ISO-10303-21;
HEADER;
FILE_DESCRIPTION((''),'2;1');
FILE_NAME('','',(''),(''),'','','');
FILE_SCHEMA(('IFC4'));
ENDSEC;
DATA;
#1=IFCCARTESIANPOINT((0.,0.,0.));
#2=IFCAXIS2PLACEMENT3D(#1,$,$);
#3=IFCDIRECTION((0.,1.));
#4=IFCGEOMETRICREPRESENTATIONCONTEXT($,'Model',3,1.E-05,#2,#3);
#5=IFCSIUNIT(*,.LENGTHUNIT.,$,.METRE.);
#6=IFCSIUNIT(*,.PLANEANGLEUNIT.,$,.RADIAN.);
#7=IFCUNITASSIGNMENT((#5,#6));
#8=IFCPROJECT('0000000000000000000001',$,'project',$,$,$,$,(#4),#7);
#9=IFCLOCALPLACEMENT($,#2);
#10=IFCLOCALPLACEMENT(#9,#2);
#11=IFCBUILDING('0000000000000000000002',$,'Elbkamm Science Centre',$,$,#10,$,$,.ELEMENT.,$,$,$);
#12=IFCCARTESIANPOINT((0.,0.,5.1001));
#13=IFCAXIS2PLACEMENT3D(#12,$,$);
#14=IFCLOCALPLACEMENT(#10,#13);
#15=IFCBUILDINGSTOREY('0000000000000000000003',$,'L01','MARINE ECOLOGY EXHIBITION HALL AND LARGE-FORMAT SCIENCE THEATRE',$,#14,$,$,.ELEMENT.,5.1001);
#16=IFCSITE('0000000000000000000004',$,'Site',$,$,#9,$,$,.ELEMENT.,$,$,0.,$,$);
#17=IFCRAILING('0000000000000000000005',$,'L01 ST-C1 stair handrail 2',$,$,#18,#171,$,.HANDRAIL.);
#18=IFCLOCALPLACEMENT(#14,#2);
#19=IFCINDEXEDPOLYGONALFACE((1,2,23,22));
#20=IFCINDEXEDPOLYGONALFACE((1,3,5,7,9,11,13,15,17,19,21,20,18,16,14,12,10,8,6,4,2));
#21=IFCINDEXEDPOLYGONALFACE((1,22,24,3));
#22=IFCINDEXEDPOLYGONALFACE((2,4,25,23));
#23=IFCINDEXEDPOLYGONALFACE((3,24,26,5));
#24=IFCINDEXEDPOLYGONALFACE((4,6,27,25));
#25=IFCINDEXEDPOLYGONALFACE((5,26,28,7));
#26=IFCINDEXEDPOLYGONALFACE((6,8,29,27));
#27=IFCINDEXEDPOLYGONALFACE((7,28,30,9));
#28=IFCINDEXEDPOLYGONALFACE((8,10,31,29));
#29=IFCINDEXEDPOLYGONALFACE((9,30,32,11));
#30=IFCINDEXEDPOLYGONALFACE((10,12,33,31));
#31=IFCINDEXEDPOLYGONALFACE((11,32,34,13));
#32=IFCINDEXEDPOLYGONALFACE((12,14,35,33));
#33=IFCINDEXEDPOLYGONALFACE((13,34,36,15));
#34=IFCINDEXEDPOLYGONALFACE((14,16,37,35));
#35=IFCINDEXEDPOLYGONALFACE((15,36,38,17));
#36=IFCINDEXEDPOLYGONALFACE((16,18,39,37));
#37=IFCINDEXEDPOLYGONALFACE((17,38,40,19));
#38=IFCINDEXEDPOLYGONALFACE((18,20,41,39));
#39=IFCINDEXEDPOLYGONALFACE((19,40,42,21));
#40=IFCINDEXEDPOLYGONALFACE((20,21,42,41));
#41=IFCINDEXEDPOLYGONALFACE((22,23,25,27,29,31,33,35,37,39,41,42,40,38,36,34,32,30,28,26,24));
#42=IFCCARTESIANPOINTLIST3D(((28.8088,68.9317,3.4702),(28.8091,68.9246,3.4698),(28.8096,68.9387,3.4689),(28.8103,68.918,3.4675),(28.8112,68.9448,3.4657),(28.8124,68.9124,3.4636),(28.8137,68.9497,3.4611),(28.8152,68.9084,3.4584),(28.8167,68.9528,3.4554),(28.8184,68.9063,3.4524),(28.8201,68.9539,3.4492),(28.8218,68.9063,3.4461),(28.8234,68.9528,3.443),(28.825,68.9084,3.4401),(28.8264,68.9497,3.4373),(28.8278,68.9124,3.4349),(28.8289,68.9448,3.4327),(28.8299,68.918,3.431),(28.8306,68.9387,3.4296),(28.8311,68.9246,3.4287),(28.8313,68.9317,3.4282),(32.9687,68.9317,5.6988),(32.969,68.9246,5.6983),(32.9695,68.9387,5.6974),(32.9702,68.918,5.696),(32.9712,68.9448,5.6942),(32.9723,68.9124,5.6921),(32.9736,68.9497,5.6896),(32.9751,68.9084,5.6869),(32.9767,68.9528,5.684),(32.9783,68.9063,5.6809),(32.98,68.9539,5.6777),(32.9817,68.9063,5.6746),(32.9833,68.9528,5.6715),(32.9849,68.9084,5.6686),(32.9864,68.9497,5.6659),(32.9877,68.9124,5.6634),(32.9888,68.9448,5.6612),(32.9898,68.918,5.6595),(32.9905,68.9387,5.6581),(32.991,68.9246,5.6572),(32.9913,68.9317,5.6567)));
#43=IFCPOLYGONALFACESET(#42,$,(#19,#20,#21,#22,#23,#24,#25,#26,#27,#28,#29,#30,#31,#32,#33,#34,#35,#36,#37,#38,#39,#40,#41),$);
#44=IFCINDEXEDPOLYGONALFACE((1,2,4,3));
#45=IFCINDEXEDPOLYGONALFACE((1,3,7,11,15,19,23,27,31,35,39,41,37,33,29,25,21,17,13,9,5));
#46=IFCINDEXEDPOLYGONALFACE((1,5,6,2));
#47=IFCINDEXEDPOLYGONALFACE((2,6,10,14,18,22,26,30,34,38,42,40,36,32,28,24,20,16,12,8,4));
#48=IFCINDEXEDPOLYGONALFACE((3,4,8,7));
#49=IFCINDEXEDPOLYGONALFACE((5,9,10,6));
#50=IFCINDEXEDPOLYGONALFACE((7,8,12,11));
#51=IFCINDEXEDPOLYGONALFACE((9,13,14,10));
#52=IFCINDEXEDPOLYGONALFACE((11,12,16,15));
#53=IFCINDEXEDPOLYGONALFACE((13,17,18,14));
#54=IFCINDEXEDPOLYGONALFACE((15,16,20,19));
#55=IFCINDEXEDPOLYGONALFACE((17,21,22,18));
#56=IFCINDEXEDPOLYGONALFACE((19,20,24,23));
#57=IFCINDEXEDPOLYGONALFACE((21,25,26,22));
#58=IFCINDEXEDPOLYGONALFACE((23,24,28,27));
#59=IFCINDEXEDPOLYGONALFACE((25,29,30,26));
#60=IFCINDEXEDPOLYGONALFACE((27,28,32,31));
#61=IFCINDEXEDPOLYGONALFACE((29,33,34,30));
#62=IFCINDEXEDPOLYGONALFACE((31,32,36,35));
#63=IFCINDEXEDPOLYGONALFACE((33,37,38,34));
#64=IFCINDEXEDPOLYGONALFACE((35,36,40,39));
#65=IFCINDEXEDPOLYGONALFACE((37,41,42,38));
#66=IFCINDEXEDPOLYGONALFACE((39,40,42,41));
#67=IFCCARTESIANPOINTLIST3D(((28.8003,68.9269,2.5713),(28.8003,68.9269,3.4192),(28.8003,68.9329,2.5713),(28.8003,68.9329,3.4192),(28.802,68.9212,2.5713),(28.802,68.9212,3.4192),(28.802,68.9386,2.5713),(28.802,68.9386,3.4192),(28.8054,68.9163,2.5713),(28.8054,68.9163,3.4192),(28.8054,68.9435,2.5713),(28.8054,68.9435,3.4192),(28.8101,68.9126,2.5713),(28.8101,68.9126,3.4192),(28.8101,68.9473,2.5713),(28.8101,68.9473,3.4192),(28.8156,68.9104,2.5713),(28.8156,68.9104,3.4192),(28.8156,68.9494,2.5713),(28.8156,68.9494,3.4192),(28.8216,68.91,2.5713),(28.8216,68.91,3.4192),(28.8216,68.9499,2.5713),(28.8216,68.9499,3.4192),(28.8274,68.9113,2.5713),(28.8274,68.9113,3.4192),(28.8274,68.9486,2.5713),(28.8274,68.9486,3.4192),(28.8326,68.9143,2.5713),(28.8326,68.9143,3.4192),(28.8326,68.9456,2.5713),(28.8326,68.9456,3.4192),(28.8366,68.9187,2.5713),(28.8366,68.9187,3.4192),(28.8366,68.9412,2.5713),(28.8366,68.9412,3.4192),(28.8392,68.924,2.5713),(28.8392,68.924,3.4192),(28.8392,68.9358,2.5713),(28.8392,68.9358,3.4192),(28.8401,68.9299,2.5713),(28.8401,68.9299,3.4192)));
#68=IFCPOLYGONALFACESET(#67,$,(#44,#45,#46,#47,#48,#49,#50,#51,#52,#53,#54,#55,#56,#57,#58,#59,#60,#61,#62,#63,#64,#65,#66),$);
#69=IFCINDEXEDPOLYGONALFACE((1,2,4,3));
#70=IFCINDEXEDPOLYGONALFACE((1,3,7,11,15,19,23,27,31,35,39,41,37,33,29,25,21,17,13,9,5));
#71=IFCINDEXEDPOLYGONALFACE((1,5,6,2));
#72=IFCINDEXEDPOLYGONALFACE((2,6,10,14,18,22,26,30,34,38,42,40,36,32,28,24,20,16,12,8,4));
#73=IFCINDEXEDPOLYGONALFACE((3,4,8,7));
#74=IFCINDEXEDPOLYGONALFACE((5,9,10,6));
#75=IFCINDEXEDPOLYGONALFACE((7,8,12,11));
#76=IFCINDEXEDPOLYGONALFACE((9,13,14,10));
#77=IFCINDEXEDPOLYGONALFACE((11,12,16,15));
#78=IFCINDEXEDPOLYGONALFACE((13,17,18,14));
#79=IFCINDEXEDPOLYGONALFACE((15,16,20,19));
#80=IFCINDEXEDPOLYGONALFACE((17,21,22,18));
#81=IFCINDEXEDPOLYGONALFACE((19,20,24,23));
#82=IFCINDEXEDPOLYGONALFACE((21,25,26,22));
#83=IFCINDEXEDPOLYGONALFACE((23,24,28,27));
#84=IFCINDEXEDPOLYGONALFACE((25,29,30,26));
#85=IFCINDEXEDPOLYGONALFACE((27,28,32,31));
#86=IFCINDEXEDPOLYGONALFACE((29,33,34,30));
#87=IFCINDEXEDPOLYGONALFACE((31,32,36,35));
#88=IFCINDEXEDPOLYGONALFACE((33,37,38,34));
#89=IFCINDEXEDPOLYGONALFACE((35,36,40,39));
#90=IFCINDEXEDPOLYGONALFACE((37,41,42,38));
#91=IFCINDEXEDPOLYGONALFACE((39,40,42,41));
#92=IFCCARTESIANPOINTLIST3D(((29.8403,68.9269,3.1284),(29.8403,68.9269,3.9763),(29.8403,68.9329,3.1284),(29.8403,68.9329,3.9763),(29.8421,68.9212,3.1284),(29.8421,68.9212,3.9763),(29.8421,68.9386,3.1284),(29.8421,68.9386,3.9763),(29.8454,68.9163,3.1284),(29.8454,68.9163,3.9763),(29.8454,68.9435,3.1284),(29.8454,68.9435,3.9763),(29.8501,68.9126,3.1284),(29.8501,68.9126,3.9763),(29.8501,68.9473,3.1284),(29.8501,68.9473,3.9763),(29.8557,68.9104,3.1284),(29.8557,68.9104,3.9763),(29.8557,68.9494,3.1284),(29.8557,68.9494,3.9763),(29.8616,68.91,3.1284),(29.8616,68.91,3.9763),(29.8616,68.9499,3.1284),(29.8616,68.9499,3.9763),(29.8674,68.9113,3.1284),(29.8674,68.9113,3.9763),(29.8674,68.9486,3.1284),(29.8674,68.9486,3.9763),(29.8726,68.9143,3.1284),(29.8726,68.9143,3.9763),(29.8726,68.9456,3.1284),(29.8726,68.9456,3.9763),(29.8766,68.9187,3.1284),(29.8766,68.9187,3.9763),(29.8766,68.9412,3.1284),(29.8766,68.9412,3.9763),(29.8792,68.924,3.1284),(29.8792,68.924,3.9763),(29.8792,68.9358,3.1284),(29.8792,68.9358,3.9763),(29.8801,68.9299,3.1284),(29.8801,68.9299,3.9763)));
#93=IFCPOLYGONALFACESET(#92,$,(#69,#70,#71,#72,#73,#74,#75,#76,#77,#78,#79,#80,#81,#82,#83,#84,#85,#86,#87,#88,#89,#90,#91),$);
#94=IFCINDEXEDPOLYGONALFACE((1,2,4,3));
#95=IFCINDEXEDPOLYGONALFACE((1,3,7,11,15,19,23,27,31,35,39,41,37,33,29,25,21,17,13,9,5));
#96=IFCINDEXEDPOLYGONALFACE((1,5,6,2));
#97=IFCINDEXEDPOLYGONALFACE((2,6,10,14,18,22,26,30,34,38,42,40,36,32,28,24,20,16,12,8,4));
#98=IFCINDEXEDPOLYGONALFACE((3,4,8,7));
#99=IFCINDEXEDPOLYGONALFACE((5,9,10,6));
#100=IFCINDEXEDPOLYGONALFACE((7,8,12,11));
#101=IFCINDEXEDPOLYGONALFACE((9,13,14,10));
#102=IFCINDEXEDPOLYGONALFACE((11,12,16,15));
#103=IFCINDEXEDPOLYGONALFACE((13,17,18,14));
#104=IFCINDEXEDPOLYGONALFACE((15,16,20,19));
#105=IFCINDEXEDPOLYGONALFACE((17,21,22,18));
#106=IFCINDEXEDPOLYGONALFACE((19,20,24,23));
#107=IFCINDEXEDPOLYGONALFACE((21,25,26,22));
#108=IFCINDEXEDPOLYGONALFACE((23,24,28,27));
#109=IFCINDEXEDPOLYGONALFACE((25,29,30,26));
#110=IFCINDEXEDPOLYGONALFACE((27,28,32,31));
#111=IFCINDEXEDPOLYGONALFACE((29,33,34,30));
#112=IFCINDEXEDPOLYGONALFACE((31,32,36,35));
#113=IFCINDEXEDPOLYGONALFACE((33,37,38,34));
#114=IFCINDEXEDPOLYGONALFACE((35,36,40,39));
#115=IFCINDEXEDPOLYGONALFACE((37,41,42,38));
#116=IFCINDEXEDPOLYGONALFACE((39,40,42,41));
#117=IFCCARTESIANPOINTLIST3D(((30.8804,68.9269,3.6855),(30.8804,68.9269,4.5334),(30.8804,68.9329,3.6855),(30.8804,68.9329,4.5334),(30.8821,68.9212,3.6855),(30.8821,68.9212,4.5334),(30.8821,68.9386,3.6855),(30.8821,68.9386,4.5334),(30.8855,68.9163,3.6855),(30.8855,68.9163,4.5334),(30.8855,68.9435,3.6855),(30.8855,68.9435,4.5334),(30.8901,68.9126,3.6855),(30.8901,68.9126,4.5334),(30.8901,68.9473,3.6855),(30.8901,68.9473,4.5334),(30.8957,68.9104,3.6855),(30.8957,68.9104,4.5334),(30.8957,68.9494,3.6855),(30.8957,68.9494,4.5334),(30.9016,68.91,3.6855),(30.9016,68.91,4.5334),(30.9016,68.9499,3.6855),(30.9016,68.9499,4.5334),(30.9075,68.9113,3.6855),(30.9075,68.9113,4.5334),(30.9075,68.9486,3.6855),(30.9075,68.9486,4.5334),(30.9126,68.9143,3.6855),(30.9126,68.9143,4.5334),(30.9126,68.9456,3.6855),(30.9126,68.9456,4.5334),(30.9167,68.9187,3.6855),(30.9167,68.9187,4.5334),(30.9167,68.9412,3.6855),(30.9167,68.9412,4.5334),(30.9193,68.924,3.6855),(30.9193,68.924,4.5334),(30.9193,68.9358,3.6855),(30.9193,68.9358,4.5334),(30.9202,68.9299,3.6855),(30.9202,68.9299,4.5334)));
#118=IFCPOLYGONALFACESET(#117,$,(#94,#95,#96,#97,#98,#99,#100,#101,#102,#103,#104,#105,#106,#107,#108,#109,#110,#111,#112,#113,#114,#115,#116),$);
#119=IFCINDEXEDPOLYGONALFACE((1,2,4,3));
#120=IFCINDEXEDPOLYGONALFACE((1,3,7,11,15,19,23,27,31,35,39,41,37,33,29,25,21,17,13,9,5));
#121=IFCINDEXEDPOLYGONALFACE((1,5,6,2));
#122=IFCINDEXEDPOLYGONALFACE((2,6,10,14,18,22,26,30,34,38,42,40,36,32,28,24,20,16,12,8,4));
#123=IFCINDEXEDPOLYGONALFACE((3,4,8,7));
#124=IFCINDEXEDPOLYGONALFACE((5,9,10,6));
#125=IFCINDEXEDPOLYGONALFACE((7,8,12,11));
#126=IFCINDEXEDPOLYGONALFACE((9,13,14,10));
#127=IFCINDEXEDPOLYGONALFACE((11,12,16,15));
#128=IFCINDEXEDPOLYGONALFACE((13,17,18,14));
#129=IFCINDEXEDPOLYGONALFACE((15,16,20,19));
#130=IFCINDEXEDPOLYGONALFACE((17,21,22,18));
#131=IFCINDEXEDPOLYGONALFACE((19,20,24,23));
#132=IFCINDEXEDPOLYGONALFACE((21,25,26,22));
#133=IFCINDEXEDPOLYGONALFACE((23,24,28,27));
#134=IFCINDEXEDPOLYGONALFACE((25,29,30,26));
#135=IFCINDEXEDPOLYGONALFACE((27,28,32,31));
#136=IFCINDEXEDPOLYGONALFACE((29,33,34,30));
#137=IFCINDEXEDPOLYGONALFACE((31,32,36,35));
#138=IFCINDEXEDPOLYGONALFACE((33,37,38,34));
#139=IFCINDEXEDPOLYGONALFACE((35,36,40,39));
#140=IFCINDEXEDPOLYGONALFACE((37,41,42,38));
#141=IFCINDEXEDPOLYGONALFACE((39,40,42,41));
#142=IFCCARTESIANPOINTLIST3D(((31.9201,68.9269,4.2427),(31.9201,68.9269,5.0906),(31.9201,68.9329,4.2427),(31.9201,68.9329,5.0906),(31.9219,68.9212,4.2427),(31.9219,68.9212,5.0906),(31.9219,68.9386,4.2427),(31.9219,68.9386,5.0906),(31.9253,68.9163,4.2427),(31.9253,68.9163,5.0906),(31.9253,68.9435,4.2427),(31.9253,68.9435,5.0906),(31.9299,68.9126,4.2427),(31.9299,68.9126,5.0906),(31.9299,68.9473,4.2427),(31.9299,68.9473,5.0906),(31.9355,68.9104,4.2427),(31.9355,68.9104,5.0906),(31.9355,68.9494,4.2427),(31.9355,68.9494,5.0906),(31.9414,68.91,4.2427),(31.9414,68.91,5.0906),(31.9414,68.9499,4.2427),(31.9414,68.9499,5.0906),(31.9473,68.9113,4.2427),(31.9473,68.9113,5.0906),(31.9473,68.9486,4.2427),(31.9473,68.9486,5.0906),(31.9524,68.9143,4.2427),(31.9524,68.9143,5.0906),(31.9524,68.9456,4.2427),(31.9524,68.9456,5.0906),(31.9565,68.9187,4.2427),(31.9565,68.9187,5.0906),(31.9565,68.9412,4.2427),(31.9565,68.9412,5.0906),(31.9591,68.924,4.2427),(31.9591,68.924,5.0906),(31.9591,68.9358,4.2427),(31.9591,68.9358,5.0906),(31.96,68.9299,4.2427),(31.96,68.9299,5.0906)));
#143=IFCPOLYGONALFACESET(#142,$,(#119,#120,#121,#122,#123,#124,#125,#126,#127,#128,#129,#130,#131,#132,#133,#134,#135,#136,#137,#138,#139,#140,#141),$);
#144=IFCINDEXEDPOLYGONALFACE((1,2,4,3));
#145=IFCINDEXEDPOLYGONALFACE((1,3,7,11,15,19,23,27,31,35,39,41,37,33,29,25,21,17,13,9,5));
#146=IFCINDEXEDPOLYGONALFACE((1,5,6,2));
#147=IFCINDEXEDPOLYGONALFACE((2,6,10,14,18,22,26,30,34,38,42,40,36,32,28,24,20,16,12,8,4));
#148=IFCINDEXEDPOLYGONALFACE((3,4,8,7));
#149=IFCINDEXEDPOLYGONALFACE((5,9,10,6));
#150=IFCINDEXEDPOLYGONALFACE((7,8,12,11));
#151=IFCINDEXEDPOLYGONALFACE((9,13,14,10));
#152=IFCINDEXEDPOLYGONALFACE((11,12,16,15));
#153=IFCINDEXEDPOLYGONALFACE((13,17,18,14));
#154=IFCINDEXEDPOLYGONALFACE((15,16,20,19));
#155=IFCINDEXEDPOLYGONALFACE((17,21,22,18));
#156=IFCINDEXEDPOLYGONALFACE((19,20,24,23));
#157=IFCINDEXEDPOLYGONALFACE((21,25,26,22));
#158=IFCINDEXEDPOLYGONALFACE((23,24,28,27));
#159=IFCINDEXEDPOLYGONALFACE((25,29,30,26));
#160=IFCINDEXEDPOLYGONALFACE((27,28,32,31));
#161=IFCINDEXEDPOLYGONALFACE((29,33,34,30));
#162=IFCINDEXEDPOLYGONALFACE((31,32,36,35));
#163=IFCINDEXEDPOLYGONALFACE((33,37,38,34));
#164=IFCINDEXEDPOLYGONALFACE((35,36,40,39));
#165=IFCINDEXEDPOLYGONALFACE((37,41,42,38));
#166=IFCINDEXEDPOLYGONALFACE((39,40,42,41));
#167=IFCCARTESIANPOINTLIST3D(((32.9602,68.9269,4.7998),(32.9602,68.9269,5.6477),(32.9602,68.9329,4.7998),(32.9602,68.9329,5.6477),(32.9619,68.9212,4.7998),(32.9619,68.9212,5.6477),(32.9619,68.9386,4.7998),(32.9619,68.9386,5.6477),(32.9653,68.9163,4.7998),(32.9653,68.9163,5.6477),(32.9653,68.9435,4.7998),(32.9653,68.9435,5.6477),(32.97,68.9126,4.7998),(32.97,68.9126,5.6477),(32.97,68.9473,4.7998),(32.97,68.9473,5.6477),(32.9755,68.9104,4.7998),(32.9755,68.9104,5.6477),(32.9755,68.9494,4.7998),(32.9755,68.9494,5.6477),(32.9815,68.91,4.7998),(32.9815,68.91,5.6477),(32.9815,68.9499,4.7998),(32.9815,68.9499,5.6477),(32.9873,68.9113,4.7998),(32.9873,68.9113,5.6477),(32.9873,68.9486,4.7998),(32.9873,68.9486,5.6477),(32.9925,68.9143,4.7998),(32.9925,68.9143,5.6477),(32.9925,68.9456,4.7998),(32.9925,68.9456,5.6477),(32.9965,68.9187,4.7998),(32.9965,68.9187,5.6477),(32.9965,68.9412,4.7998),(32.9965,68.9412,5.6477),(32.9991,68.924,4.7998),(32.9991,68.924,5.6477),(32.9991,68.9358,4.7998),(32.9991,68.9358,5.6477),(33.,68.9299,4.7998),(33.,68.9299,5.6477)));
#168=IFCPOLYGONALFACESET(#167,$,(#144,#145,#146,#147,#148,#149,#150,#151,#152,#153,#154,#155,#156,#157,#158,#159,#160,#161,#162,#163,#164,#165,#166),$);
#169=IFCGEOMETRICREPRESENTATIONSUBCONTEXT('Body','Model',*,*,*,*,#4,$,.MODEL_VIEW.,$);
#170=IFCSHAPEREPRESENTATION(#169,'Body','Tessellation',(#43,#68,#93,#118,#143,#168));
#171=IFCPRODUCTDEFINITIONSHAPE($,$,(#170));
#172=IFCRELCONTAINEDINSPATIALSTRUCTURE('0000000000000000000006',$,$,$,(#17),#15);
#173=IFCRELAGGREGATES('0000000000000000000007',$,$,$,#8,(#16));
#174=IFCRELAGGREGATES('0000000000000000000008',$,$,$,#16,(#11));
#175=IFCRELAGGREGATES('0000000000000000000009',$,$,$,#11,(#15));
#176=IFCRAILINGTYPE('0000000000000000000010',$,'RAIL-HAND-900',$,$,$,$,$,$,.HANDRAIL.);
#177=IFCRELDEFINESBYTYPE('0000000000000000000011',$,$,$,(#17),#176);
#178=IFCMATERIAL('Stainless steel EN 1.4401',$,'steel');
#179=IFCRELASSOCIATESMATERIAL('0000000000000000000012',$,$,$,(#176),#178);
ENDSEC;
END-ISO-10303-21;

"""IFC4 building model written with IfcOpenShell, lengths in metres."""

from ifc_helpers import new_model, si_unit, direction, frame, origin, origin_2d, place, context, subcontext, project, spatial, circle, extrude, material, type_object, element, save


model = new_model("IFC4")

# Units and contexts
model_context = context("Model", 3, precision=1e-05, world=origin(), true_north=direction((0.0, 1.0)))
body_context = subcontext(model_context, "Body", "Model", "MODEL_VIEW")
ifc_project = project(units=[si_unit("LENGTHUNIT", "METRE"), si_unit("PLANEANGLEUNIT", "RADIAN")], contexts=[model_context])

# Site, building, storey
site_placement = place(None, origin())
site = spatial("IfcSite", under=ifc_project, at=site_placement, Name="Site", CompositionType="ELEMENT", RefElevation=0.0)
building_placement = place(site_placement, origin())
building = spatial("IfcBuilding", under=site, at=building_placement, Name="Elbkamm Science Centre", CompositionType="ELEMENT")
storey_placement = place(building_placement, frame((0.0, 0.0, 5.1001)))
storey = spatial("IfcBuildingStorey", under=building, at=storey_placement, Name="L01", Description="MARINE ECOLOGY EXHIBITION HALL AND LARGE-FORMAT SCIENCE THEATRE", CompositionType="ELEMENT", Elevation=5.1001)

# Railing
ifc_material_1 = material(Name="Stainless steel EN 1.4401", Category="steel")
railing_type_1 = type_object("IfcRailingType", Name="RAIL-HAND-900", PredefinedType="HANDRAIL", material=ifc_material_1)
railing_1_placement = place(storey_placement, frame((28.8201, 68.9299, 2.5713)))
element("IfcRailing", 1, at=railing_1_placement, inside=storey, type_object=railing_type_1, Name="L01 ST-C1 stair handrail 2", PredefinedType="HANDRAIL", context=body_context, shape_type="SweptSolid", body=[
    extrude(circle(Radius=0.0239, at=origin_2d()), frame((0.0, 0.0, 0.8779), z_axis=(0.881481, 0.0, 0.47222), x_axis=(0.0, 1.0, 0.0)), (0.0, 0.0, 1.0), 4.7192),
    extrude(circle(Radius=0.02, at=origin_2d()), origin(), (0.0, 0.0, 1.0), 0.8479),
    extrude(circle(Radius=0.02, at=origin_2d()), frame((1.04, 0.0, 0.5571)), (0.0, 0.0, 1.0), 0.8479),
    extrude(circle(Radius=0.02, at=origin_2d()), frame((2.0801, 0.0, 1.1143)), (0.0, 0.0, 1.0), 0.8479),
    extrude(circle(Radius=0.02, at=origin_2d()), frame((3.1199, 0.0, 1.6714)), (0.0, 0.0, 1.0), 0.8479),
    extrude(circle(Radius=0.02, at=origin_2d()), frame((4.1599, 0.0, 2.2285)), (0.0, 0.0, 1.0), 0.8479),
])

save(model, "model.ifc")
